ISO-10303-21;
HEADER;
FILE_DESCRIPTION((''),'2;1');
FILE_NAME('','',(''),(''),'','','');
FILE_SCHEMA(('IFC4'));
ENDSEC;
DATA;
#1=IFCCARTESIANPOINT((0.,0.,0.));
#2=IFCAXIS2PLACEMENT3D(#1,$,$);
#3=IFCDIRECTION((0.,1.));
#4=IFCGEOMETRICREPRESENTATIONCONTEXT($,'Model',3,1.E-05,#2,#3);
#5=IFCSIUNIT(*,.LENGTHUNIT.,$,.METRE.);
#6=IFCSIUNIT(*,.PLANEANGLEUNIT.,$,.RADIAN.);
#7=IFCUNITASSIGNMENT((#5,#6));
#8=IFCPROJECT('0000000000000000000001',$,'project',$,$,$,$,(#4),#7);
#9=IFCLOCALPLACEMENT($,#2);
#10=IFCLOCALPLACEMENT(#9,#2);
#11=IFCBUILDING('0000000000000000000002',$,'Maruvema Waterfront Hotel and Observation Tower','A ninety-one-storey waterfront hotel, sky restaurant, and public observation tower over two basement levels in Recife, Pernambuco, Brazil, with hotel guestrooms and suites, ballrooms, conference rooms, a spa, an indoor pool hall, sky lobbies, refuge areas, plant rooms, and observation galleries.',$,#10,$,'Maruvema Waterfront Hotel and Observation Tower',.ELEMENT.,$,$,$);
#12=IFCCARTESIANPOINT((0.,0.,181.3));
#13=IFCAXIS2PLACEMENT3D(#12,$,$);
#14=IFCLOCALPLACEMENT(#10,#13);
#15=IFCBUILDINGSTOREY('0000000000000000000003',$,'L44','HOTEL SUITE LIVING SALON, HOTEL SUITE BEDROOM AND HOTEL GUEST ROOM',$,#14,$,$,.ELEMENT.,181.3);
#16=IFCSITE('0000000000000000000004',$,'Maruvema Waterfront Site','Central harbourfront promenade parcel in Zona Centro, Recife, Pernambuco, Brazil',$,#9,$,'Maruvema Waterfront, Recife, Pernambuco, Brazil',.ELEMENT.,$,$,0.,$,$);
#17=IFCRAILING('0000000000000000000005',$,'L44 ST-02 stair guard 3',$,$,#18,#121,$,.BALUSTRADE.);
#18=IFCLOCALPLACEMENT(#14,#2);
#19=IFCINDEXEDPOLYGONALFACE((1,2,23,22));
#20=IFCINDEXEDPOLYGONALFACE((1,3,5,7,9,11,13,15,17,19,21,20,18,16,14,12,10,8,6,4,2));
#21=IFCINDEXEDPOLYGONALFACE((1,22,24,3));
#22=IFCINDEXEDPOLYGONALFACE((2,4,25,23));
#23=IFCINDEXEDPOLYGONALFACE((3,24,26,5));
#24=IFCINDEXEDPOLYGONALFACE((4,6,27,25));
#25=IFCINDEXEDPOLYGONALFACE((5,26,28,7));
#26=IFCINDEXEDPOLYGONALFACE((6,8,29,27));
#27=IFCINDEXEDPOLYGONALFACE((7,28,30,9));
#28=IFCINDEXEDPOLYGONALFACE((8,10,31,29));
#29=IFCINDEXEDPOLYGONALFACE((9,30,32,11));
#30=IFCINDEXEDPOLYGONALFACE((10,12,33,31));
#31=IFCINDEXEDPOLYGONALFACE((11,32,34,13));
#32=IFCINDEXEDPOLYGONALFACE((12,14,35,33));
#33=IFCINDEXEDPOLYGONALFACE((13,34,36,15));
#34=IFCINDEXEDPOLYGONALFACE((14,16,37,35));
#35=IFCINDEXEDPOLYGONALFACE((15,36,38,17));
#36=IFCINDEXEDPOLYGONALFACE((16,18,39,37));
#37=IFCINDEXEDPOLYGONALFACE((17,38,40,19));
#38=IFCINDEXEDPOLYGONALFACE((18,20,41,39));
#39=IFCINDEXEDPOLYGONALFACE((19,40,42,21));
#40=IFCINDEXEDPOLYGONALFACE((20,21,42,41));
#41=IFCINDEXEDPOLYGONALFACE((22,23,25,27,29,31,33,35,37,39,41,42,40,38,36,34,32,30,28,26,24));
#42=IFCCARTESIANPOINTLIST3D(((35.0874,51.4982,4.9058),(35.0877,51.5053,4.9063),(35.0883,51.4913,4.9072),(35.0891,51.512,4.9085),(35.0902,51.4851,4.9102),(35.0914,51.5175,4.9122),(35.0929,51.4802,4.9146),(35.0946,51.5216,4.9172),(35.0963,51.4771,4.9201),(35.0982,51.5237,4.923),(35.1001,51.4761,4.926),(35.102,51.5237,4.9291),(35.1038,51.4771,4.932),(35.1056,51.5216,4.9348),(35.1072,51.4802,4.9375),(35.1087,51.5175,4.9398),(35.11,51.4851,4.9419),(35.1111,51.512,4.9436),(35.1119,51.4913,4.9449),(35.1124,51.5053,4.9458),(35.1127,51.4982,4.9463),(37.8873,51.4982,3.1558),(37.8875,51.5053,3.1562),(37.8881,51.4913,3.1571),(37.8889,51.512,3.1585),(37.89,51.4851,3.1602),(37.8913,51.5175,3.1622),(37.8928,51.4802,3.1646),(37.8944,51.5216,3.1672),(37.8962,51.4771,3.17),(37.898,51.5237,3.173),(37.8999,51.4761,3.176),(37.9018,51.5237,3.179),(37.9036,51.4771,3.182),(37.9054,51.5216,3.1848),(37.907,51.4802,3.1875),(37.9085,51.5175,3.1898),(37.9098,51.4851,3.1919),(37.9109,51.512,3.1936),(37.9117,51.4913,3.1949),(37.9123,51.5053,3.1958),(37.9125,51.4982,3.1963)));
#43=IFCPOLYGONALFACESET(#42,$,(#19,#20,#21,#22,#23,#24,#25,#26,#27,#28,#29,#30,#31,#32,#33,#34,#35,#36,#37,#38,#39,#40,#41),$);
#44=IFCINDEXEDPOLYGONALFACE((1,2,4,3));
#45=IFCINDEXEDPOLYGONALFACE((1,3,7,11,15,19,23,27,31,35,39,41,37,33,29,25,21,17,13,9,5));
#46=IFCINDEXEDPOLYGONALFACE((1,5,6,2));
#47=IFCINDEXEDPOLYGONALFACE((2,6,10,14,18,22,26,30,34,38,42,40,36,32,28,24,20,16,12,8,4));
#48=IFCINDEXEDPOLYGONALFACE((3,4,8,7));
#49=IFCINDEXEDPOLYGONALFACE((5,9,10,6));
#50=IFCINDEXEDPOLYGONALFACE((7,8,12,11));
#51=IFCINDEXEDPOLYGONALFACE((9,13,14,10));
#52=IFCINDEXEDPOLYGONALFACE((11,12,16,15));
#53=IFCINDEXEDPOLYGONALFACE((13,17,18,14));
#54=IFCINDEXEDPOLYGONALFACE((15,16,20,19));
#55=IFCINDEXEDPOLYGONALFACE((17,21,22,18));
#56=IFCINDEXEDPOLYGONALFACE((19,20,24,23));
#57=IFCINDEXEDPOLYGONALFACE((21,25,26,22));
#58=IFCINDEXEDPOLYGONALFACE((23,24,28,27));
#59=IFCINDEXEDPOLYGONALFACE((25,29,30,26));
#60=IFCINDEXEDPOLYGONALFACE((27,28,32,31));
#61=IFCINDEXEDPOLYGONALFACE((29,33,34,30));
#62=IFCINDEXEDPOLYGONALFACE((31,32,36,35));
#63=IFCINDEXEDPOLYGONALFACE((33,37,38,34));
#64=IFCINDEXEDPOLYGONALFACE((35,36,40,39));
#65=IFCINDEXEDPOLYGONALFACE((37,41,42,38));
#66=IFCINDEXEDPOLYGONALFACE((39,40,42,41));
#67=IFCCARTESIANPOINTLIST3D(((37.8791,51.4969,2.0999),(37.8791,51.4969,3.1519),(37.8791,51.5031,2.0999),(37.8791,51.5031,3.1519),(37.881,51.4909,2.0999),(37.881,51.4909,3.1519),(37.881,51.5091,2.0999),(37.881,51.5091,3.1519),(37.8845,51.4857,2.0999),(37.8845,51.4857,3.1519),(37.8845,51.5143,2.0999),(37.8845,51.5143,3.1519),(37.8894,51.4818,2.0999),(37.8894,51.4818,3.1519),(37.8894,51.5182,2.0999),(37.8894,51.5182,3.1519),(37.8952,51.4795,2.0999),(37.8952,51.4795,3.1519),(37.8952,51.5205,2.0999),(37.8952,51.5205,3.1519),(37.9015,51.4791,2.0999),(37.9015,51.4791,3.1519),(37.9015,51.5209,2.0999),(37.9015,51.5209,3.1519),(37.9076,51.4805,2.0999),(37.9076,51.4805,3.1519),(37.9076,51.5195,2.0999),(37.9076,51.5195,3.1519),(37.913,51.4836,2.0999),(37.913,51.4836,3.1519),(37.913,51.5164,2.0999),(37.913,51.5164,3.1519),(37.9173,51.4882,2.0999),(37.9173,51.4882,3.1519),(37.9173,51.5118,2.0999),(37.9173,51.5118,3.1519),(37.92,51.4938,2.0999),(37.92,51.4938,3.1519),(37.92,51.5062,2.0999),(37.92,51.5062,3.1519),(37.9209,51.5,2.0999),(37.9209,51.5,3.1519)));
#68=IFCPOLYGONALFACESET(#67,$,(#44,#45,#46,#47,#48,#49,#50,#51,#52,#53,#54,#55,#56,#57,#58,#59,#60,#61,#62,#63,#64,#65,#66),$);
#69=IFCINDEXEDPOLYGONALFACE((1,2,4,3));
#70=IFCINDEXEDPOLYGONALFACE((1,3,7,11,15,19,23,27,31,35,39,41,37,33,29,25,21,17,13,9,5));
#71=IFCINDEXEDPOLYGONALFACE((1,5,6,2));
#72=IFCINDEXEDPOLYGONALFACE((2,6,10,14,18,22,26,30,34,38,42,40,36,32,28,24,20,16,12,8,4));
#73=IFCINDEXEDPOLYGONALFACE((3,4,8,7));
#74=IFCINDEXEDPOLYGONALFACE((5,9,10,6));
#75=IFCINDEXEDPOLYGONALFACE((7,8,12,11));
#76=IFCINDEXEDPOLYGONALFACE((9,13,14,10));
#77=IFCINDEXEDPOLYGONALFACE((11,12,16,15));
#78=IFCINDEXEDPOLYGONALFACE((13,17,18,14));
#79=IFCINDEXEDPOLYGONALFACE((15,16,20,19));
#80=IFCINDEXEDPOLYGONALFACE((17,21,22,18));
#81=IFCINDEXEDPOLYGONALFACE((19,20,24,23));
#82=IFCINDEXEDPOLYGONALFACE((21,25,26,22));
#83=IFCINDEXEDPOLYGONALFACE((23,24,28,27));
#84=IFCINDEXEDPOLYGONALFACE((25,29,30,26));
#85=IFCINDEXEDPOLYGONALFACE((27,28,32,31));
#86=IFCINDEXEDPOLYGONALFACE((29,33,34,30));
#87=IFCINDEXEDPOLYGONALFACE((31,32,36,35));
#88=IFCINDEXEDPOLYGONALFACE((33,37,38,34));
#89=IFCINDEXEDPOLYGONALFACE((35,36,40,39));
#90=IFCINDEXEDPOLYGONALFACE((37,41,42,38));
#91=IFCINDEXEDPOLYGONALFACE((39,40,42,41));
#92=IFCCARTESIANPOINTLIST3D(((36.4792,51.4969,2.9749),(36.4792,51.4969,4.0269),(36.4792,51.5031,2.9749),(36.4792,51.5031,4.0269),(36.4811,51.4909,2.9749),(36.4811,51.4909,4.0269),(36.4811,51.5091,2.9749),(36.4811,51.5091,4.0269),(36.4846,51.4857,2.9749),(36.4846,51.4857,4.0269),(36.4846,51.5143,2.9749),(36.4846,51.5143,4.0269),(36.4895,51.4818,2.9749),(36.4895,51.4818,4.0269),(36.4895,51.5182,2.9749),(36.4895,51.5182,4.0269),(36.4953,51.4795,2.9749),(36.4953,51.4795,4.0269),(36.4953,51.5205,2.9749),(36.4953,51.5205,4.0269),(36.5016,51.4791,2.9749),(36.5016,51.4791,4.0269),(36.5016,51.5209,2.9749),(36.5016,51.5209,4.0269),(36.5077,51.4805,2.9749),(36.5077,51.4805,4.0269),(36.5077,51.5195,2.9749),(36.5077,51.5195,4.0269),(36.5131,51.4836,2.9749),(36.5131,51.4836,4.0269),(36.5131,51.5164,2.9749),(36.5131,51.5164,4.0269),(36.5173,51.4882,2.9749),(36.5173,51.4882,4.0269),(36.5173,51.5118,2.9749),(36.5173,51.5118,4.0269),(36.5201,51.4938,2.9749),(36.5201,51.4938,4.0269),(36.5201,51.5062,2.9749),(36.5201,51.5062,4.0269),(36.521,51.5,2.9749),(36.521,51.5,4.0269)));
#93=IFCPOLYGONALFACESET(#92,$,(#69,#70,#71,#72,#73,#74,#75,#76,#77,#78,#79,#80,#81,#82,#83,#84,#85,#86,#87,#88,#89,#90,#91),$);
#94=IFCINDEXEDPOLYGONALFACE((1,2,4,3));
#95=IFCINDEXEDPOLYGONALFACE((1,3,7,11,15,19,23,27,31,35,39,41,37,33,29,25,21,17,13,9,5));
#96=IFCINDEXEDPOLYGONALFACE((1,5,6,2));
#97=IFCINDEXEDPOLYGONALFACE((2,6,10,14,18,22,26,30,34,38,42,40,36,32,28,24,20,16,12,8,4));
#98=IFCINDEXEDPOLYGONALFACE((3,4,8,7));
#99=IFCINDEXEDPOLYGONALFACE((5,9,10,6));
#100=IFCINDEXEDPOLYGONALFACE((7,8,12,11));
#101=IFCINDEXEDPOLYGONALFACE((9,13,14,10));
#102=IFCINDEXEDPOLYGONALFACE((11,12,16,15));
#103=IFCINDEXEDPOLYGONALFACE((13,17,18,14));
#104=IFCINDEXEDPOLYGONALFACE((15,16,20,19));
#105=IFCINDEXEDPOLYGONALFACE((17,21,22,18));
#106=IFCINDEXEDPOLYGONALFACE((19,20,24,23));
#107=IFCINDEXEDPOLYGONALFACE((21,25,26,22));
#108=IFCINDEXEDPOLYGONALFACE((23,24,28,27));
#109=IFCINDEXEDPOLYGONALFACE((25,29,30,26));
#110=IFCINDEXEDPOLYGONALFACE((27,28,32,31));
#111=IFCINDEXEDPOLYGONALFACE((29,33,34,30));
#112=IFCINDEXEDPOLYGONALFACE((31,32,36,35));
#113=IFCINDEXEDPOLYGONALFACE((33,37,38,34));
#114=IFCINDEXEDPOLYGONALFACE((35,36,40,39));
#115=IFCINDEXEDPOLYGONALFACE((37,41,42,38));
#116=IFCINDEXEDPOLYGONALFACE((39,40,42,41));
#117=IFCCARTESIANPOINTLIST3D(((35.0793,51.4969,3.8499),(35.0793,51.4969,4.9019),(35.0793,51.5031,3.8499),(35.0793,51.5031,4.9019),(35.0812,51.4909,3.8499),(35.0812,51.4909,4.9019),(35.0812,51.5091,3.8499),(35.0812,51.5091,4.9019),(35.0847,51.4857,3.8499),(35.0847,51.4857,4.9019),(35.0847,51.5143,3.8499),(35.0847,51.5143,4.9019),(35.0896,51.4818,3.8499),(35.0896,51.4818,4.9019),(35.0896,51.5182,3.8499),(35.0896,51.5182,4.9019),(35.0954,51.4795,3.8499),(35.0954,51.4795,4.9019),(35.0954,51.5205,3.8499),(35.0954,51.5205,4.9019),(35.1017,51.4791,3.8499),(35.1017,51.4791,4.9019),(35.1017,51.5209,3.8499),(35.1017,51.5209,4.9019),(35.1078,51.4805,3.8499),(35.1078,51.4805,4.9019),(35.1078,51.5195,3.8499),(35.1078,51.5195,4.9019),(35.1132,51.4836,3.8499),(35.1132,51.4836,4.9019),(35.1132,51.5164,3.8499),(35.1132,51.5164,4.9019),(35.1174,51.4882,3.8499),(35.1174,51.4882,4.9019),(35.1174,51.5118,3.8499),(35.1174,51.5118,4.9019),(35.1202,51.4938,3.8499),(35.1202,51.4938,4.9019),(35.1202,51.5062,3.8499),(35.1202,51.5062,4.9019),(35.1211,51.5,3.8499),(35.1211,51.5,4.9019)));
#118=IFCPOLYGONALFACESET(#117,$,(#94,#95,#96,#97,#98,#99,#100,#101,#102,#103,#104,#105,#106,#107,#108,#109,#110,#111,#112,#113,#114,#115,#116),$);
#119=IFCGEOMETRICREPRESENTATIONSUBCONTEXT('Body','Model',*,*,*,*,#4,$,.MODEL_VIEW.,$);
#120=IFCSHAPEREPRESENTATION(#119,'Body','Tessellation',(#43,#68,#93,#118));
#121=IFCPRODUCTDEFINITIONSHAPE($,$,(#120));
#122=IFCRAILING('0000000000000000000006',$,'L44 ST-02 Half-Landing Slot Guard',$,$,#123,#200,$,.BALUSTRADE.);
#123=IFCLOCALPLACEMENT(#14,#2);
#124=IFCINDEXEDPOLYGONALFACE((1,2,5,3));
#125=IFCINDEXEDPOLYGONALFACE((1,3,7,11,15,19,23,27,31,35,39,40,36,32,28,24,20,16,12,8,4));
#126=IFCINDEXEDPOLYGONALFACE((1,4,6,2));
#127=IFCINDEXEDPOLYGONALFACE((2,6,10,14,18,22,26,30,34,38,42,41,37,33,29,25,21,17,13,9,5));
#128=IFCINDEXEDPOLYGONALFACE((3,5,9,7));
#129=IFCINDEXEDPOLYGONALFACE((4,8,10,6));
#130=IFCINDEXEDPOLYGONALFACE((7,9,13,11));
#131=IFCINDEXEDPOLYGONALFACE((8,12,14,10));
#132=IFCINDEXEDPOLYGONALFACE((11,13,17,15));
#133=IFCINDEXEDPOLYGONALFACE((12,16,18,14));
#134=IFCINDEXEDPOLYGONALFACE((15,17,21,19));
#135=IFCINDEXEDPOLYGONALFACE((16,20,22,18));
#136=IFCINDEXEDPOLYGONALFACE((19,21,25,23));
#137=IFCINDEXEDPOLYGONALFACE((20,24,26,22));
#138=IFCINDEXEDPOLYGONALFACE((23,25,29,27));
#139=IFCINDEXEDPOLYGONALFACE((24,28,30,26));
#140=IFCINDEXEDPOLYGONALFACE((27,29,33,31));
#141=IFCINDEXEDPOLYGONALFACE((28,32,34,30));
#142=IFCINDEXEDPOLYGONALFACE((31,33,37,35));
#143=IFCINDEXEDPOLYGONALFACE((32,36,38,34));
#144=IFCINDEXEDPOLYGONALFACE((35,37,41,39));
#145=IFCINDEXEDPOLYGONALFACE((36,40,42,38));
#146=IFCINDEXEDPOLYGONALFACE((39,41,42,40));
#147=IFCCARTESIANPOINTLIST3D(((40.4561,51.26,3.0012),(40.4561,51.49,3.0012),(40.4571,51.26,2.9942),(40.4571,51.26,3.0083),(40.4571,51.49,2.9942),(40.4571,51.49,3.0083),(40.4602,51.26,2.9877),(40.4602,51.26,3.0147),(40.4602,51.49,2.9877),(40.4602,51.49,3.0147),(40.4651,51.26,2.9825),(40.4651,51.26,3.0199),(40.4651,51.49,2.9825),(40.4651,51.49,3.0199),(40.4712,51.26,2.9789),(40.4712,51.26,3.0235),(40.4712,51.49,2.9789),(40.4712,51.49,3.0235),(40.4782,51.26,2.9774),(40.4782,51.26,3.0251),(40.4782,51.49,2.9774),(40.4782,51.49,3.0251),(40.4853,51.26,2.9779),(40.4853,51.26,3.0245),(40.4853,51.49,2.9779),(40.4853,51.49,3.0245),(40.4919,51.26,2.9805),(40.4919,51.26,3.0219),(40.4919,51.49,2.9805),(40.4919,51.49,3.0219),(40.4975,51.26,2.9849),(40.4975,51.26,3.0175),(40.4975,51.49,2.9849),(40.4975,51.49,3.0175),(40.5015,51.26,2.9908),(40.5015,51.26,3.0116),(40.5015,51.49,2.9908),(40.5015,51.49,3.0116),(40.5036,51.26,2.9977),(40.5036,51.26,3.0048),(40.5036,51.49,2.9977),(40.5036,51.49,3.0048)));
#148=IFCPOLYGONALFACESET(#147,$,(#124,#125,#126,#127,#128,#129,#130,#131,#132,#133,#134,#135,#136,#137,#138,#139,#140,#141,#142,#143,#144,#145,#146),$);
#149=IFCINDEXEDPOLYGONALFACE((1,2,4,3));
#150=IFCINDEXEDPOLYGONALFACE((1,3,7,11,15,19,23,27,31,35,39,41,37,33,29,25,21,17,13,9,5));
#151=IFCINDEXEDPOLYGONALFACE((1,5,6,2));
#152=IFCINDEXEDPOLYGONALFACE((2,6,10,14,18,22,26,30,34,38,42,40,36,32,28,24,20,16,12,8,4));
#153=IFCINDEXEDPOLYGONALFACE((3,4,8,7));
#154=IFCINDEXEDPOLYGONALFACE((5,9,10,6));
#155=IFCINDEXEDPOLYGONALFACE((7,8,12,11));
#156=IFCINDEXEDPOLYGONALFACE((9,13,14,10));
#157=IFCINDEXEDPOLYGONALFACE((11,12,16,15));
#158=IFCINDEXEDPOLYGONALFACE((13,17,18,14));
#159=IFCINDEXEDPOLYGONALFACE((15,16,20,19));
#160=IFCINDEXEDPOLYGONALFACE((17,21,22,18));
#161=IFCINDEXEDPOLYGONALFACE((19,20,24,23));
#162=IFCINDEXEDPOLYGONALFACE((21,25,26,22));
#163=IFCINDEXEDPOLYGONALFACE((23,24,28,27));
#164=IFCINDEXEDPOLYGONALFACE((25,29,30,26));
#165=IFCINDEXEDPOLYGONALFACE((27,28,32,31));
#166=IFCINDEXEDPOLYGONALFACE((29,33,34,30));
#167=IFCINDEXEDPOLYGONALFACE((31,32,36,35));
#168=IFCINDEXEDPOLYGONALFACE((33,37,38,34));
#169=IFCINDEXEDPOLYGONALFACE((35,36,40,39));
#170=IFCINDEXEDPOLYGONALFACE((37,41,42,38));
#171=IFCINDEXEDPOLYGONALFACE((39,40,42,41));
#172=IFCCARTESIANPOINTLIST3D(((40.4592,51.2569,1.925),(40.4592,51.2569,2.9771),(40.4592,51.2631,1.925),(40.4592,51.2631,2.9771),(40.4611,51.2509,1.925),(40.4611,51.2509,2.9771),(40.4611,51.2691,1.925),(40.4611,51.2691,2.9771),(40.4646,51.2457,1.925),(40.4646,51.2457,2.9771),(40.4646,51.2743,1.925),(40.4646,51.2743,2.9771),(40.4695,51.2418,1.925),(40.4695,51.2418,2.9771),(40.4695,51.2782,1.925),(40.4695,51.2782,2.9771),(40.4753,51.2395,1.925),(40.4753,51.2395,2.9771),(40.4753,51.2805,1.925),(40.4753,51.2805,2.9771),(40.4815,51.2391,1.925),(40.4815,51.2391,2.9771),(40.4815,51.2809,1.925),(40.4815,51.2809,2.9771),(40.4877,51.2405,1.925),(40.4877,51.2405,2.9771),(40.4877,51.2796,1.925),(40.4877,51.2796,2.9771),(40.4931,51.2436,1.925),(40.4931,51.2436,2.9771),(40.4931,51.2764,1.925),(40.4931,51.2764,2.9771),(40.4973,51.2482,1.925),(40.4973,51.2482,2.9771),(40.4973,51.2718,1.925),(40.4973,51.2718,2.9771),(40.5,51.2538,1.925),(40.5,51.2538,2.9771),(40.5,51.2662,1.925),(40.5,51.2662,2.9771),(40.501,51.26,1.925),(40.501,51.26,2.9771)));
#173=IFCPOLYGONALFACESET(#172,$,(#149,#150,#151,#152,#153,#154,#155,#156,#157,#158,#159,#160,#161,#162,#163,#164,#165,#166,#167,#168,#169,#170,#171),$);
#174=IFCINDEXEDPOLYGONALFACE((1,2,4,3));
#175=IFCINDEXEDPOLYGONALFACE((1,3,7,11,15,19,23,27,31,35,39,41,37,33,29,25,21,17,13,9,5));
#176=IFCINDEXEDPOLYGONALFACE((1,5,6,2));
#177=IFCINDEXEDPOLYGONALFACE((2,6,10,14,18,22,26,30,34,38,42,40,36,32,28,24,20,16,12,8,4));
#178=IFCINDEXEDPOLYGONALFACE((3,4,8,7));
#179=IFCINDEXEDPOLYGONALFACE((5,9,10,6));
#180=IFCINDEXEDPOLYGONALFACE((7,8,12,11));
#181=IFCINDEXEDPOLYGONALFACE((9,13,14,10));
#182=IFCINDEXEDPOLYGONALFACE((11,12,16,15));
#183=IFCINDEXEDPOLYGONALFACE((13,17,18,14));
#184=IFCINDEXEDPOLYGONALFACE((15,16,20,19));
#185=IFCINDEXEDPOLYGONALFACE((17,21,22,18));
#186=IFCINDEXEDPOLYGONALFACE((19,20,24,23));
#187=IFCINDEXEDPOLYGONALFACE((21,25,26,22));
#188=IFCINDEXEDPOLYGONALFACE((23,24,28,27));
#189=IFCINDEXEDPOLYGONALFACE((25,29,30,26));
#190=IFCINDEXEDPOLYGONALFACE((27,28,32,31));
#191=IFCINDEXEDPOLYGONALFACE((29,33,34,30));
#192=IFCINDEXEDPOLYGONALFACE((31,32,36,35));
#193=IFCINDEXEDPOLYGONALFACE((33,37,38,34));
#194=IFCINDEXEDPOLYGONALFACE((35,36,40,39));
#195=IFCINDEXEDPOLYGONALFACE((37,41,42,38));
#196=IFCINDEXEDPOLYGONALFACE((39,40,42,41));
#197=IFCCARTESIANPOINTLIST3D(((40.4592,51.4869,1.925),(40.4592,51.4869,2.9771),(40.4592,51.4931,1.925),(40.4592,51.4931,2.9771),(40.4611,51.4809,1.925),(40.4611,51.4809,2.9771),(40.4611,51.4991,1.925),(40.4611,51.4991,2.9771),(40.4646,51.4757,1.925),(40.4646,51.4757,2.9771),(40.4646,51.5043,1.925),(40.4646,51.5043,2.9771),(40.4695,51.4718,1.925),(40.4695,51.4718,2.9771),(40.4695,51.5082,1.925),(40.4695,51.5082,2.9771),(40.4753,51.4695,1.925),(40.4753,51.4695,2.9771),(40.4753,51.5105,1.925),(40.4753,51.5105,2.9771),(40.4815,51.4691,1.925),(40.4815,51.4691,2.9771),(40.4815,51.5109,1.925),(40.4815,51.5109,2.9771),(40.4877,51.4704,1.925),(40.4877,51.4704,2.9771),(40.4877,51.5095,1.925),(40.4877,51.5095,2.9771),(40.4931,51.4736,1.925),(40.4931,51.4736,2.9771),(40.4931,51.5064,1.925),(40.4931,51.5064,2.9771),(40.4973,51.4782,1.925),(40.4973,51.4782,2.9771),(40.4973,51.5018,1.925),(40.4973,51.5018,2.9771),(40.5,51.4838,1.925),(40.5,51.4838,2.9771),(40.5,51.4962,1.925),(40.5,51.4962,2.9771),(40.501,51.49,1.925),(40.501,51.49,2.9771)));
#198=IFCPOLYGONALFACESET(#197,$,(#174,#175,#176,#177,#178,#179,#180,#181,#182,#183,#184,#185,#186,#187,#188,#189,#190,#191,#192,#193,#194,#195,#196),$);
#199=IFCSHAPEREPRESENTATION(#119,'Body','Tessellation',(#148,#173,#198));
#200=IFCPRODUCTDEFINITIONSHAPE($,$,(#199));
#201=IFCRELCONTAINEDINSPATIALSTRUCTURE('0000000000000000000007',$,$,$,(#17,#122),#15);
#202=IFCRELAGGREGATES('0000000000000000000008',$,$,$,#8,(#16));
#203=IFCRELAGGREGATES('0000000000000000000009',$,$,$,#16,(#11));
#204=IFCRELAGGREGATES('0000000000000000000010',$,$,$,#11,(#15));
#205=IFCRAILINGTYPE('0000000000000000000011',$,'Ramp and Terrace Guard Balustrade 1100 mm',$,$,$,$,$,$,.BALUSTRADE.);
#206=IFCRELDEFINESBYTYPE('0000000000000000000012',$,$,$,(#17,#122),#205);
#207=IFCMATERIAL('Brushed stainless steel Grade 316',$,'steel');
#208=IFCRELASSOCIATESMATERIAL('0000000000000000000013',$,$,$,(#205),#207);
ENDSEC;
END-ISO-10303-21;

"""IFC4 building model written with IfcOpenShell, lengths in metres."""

from ifc_helpers import new_model, si_unit, direction, frame, origin, origin_2d, place, context, subcontext, project, spatial, circle, extrude, material, type_object, element, save


model = new_model("IFC4")

# Units and contexts
model_context = context("Model", 3, precision=1e-05, world=origin(), true_north=direction((0.0, 1.0)))
body_context = subcontext(model_context, "Body", "Model", "MODEL_VIEW")
ifc_project = project(units=[si_unit("LENGTHUNIT", "METRE"), si_unit("PLANEANGLEUNIT", "RADIAN")], contexts=[model_context])

# Site, building, storey
site_placement = place(None, origin())
site = spatial("IfcSite", under=ifc_project, at=site_placement, Name="Maruvema Waterfront Site", Description="Central harbourfront promenade parcel in Zona Centro, Recife, Pernambuco, Brazil", LongName="Maruvema Waterfront, Recife, Pernambuco, Brazil", CompositionType="ELEMENT", RefElevation=0.0)
building_placement = place(site_placement, origin())
building = spatial("IfcBuilding", under=site, at=building_placement, Name="Maruvema Waterfront Hotel and Observation Tower", Description="A ninety-one-storey waterfront hotel, sky restaurant, and public observation tower over two basement levels in Recife, Pernambuco, Brazil, with hotel guestrooms and suites, ballrooms, conference rooms, a spa, an indoor pool hall, sky lobbies, refuge areas, plant rooms, and observation galleries.", LongName="Maruvema Waterfront Hotel and Observation Tower", CompositionType="ELEMENT")
storey_placement = place(building_placement, frame((0.0, 0.0, 181.3)))
storey = spatial("IfcBuildingStorey", under=building, at=storey_placement, Name="L44", Description="HOTEL SUITE LIVING SALON, HOTEL SUITE BEDROOM AND HOTEL GUEST ROOM", CompositionType="ELEMENT", Elevation=181.3)

# Railings
ifc_material_1 = material(Name="Brushed stainless steel Grade 316", Category="steel")
railing_type_1 = type_object("IfcRailingType", Name="Ramp and Terrace Guard Balustrade 1100 mm", PredefinedType="BALUSTRADE", material=ifc_material_1)
railing_1_placement = place(storey_placement, frame((37.8999, 51.5, 2.0999)))
element("IfcRailing", 1, at=railing_1_placement, inside=storey, type_object=railing_type_1, Name="L44 ST-02 stair guard 3", PredefinedType="BALUSTRADE", context=body_context, shape_type="SweptSolid", body=[
    extrude(circle(Radius=0.0239, at=origin_2d()), frame((0.0, 0.0, 1.0762), z_axis=(-0.847982, 0.0, 0.530026), x_axis=(0.0, -1.0, 0.0)), (0.0, 0.0, 1.0), 3.3018),
    extrude(circle(Radius=0.021, at=origin_2d()), origin(), (0.0, 0.0, 1.0), 1.052),
    extrude(circle(Radius=0.021, at=origin_2d()), frame((-1.3999, 0.0, 0.875)), (0.0, 0.0, 1.0), 1.052),
    extrude(circle(Radius=0.021, at=origin_2d()), frame((-2.7998, 0.0, 1.75)), (0.0, 0.0, 1.0), 1.052),
])
railing_2_placement = place(storey_placement, frame((40.48, 51.26, 1.925)))
element("IfcRailing", 2, at=railing_2_placement, inside=storey, type_object=railing_type_1, Name="L44 ST-02 Half-Landing Slot Guard", PredefinedType="BALUSTRADE", context=body_context, shape_type="SweptSolid", body=[
    extrude(circle(Radius=0.0239, at=origin_2d()), frame((0.0, 0.0, 1.0762), z_axis=(0.0, 1.0, 0.0), x_axis=(-1.0, 0.0, 0.0)), (0.0, 0.0, 1.0), 0.23),
    extrude(circle(Radius=0.021, at=origin_2d()), origin(), (0.0, 0.0, 1.0), 1.052),
    extrude(circle(Radius=0.021, at=origin_2d()), frame((0.0, 0.23, 0.0)), (0.0, 0.0, 1.0), 1.052),
])

save(model, "model.ifc")
